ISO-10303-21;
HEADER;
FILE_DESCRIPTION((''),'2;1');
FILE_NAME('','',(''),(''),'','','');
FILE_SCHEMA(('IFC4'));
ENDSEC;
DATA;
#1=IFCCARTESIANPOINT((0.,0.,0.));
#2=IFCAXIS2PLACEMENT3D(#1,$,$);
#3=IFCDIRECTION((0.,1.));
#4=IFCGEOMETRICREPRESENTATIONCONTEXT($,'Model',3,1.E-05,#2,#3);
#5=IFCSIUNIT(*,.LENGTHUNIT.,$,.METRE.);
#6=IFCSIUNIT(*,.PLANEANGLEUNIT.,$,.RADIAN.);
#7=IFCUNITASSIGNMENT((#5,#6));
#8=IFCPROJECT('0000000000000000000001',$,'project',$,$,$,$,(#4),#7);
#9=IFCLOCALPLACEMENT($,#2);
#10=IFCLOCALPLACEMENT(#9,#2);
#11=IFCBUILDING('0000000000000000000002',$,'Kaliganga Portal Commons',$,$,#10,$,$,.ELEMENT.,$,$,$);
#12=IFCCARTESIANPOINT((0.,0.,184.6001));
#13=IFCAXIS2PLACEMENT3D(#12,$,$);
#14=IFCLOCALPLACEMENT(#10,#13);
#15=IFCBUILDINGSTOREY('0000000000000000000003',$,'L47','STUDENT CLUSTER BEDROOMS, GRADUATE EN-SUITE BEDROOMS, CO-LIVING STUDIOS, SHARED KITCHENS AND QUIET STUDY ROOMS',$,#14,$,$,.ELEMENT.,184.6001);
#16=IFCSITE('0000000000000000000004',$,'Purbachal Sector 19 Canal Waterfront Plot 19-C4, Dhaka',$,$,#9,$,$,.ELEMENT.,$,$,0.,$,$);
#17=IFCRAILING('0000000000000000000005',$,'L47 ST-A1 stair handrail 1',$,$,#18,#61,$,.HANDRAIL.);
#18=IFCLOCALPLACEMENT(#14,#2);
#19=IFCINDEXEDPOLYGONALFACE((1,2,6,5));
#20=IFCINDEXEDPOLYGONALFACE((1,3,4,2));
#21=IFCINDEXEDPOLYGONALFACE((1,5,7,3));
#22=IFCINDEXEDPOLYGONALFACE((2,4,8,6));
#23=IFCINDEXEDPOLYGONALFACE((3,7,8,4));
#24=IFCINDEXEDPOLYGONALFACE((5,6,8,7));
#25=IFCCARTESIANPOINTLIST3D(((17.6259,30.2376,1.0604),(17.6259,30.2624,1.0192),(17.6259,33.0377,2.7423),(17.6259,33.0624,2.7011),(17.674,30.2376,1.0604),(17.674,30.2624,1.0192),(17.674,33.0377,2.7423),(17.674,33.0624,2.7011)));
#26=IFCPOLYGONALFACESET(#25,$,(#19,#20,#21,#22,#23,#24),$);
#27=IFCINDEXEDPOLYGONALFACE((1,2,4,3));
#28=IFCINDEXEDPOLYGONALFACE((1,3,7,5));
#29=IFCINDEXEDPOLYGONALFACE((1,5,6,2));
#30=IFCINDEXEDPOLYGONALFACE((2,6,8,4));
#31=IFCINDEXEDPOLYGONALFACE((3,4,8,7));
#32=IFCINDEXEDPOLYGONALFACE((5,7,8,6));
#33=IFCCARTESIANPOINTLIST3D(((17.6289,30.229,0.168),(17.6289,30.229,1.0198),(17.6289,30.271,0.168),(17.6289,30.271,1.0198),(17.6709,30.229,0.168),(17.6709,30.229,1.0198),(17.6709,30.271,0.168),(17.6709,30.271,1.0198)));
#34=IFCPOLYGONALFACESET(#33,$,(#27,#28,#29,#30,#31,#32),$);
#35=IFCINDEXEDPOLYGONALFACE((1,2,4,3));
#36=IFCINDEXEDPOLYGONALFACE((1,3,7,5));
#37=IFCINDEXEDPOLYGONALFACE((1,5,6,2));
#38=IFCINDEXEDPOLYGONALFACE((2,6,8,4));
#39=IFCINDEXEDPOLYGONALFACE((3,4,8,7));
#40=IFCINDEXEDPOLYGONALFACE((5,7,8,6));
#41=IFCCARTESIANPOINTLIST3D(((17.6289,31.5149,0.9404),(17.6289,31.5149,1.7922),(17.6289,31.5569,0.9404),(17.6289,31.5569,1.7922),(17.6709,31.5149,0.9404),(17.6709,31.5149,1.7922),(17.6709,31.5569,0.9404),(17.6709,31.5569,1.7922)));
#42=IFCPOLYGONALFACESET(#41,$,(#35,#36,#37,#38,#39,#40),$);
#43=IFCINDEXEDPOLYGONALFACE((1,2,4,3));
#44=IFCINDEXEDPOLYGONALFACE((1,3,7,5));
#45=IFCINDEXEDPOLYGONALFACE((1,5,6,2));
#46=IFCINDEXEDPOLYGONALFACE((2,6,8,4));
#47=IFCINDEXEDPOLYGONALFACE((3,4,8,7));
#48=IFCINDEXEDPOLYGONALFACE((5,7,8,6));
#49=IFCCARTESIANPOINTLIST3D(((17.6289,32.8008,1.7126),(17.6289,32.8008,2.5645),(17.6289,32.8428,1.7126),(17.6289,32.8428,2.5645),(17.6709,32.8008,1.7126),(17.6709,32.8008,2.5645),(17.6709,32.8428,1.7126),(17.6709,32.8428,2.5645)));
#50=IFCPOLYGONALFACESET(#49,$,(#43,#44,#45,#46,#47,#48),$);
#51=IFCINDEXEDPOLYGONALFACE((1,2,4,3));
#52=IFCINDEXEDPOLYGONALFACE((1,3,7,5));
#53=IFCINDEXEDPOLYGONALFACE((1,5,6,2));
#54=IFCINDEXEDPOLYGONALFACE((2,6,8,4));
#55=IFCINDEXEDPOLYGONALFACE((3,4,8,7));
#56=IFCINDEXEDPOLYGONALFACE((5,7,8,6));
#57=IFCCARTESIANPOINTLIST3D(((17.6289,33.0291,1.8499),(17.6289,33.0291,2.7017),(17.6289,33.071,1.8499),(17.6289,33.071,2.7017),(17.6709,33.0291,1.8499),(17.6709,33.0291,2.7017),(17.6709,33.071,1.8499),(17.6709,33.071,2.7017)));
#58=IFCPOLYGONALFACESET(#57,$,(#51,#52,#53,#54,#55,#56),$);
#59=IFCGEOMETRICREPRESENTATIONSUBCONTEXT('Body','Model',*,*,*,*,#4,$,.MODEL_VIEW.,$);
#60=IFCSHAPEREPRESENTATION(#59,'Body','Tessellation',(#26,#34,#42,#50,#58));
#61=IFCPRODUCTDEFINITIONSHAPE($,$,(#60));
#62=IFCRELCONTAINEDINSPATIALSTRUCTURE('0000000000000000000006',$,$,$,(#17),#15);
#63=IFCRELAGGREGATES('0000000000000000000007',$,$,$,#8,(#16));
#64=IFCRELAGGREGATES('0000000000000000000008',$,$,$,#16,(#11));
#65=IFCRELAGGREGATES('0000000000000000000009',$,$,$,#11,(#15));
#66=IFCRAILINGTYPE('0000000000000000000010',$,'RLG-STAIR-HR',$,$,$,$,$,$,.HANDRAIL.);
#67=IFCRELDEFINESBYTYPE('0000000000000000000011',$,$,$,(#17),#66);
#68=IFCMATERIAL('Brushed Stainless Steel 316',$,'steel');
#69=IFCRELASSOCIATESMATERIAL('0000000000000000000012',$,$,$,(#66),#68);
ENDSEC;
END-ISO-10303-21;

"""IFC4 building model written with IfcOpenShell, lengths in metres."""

from ifc_helpers import new_model, si_unit, direction, frame, origin, origin_2d, place, context, subcontext, project, spatial, rectangle, extrude, material, type_object, element, save


model = new_model("IFC4")

# Units and contexts
model_context = context("Model", 3, precision=1e-05, world=origin(), true_north=direction((0.0, 1.0)))
body_context = subcontext(model_context, "Body", "Model", "MODEL_VIEW")
ifc_project = project(units=[si_unit("LENGTHUNIT", "METRE"), si_unit("PLANEANGLEUNIT", "RADIAN")], contexts=[model_context])

# Site, building, storey
site_placement = place(None, origin())
site = spatial("IfcSite", under=ifc_project, at=site_placement, Name="Purbachal Sector 19 Canal Waterfront Plot 19-C4, Dhaka", CompositionType="ELEMENT", RefElevation=0.0)
building_placement = place(site_placement, origin())
building = spatial("IfcBuilding", under=site, at=building_placement, Name="Kaliganga Portal Commons", CompositionType="ELEMENT")
storey_placement = place(building_placement, frame((0.0, 0.0, 184.6001)))
storey = spatial("IfcBuildingStorey", under=building, at=storey_placement, Name="L47", Description="STUDENT CLUSTER BEDROOMS, GRADUATE EN-SUITE BEDROOMS, CO-LIVING STUDIOS, SHARED KITCHENS AND QUIET STUDY ROOMS", CompositionType="ELEMENT", Elevation=184.6001)

# Railing
ifc_material_1 = material(Name="Brushed Stainless Steel 316", Category="steel")
railing_type_1 = type_object("IfcRailingType", Name="RLG-STAIR-HR", PredefinedType="HANDRAIL", material=ifc_material_1)
railing_1_placement = place(storey_placement, frame((17.6499, 30.25, 0.168)))
element("IfcRailing", 1, at=railing_1_placement, inside=storey, type_object=railing_type_1, Name="L47 ST-A1 stair handrail 1", PredefinedType="HANDRAIL", context=body_context, shape_type="SweptSolid", body=[
    extrude(rectangle(XDim=0.0481, YDim=0.0481, at=origin_2d()), frame((0.0, 0.0, 0.8718), z_axis=(0.0, 0.857242, 0.514913), x_axis=(-1.0, 0.0, 0.0)), (0.0, 0.0, 1.0), 3.2664),
    extrude(rectangle(XDim=0.042, YDim=0.042, at=origin_2d()), origin(), (0.0, 0.0, 1.0), 0.8518),
    extrude(rectangle(XDim=0.042, YDim=0.042, at=origin_2d()), frame((0.0, 1.2859, 0.7725)), (0.0, 0.0, 1.0), 0.8518),
    extrude(rectangle(XDim=0.042, YDim=0.042, at=origin_2d()), frame((0.0, 2.5718, 1.5447)), (0.0, 0.0, 1.0), 0.8518),
    extrude(rectangle(XDim=0.042, YDim=0.042, at=origin_2d()), frame((0.0, 2.8, 1.6819)), (0.0, 0.0, 1.0), 0.8518),
])

save(model, "model.ifc")
